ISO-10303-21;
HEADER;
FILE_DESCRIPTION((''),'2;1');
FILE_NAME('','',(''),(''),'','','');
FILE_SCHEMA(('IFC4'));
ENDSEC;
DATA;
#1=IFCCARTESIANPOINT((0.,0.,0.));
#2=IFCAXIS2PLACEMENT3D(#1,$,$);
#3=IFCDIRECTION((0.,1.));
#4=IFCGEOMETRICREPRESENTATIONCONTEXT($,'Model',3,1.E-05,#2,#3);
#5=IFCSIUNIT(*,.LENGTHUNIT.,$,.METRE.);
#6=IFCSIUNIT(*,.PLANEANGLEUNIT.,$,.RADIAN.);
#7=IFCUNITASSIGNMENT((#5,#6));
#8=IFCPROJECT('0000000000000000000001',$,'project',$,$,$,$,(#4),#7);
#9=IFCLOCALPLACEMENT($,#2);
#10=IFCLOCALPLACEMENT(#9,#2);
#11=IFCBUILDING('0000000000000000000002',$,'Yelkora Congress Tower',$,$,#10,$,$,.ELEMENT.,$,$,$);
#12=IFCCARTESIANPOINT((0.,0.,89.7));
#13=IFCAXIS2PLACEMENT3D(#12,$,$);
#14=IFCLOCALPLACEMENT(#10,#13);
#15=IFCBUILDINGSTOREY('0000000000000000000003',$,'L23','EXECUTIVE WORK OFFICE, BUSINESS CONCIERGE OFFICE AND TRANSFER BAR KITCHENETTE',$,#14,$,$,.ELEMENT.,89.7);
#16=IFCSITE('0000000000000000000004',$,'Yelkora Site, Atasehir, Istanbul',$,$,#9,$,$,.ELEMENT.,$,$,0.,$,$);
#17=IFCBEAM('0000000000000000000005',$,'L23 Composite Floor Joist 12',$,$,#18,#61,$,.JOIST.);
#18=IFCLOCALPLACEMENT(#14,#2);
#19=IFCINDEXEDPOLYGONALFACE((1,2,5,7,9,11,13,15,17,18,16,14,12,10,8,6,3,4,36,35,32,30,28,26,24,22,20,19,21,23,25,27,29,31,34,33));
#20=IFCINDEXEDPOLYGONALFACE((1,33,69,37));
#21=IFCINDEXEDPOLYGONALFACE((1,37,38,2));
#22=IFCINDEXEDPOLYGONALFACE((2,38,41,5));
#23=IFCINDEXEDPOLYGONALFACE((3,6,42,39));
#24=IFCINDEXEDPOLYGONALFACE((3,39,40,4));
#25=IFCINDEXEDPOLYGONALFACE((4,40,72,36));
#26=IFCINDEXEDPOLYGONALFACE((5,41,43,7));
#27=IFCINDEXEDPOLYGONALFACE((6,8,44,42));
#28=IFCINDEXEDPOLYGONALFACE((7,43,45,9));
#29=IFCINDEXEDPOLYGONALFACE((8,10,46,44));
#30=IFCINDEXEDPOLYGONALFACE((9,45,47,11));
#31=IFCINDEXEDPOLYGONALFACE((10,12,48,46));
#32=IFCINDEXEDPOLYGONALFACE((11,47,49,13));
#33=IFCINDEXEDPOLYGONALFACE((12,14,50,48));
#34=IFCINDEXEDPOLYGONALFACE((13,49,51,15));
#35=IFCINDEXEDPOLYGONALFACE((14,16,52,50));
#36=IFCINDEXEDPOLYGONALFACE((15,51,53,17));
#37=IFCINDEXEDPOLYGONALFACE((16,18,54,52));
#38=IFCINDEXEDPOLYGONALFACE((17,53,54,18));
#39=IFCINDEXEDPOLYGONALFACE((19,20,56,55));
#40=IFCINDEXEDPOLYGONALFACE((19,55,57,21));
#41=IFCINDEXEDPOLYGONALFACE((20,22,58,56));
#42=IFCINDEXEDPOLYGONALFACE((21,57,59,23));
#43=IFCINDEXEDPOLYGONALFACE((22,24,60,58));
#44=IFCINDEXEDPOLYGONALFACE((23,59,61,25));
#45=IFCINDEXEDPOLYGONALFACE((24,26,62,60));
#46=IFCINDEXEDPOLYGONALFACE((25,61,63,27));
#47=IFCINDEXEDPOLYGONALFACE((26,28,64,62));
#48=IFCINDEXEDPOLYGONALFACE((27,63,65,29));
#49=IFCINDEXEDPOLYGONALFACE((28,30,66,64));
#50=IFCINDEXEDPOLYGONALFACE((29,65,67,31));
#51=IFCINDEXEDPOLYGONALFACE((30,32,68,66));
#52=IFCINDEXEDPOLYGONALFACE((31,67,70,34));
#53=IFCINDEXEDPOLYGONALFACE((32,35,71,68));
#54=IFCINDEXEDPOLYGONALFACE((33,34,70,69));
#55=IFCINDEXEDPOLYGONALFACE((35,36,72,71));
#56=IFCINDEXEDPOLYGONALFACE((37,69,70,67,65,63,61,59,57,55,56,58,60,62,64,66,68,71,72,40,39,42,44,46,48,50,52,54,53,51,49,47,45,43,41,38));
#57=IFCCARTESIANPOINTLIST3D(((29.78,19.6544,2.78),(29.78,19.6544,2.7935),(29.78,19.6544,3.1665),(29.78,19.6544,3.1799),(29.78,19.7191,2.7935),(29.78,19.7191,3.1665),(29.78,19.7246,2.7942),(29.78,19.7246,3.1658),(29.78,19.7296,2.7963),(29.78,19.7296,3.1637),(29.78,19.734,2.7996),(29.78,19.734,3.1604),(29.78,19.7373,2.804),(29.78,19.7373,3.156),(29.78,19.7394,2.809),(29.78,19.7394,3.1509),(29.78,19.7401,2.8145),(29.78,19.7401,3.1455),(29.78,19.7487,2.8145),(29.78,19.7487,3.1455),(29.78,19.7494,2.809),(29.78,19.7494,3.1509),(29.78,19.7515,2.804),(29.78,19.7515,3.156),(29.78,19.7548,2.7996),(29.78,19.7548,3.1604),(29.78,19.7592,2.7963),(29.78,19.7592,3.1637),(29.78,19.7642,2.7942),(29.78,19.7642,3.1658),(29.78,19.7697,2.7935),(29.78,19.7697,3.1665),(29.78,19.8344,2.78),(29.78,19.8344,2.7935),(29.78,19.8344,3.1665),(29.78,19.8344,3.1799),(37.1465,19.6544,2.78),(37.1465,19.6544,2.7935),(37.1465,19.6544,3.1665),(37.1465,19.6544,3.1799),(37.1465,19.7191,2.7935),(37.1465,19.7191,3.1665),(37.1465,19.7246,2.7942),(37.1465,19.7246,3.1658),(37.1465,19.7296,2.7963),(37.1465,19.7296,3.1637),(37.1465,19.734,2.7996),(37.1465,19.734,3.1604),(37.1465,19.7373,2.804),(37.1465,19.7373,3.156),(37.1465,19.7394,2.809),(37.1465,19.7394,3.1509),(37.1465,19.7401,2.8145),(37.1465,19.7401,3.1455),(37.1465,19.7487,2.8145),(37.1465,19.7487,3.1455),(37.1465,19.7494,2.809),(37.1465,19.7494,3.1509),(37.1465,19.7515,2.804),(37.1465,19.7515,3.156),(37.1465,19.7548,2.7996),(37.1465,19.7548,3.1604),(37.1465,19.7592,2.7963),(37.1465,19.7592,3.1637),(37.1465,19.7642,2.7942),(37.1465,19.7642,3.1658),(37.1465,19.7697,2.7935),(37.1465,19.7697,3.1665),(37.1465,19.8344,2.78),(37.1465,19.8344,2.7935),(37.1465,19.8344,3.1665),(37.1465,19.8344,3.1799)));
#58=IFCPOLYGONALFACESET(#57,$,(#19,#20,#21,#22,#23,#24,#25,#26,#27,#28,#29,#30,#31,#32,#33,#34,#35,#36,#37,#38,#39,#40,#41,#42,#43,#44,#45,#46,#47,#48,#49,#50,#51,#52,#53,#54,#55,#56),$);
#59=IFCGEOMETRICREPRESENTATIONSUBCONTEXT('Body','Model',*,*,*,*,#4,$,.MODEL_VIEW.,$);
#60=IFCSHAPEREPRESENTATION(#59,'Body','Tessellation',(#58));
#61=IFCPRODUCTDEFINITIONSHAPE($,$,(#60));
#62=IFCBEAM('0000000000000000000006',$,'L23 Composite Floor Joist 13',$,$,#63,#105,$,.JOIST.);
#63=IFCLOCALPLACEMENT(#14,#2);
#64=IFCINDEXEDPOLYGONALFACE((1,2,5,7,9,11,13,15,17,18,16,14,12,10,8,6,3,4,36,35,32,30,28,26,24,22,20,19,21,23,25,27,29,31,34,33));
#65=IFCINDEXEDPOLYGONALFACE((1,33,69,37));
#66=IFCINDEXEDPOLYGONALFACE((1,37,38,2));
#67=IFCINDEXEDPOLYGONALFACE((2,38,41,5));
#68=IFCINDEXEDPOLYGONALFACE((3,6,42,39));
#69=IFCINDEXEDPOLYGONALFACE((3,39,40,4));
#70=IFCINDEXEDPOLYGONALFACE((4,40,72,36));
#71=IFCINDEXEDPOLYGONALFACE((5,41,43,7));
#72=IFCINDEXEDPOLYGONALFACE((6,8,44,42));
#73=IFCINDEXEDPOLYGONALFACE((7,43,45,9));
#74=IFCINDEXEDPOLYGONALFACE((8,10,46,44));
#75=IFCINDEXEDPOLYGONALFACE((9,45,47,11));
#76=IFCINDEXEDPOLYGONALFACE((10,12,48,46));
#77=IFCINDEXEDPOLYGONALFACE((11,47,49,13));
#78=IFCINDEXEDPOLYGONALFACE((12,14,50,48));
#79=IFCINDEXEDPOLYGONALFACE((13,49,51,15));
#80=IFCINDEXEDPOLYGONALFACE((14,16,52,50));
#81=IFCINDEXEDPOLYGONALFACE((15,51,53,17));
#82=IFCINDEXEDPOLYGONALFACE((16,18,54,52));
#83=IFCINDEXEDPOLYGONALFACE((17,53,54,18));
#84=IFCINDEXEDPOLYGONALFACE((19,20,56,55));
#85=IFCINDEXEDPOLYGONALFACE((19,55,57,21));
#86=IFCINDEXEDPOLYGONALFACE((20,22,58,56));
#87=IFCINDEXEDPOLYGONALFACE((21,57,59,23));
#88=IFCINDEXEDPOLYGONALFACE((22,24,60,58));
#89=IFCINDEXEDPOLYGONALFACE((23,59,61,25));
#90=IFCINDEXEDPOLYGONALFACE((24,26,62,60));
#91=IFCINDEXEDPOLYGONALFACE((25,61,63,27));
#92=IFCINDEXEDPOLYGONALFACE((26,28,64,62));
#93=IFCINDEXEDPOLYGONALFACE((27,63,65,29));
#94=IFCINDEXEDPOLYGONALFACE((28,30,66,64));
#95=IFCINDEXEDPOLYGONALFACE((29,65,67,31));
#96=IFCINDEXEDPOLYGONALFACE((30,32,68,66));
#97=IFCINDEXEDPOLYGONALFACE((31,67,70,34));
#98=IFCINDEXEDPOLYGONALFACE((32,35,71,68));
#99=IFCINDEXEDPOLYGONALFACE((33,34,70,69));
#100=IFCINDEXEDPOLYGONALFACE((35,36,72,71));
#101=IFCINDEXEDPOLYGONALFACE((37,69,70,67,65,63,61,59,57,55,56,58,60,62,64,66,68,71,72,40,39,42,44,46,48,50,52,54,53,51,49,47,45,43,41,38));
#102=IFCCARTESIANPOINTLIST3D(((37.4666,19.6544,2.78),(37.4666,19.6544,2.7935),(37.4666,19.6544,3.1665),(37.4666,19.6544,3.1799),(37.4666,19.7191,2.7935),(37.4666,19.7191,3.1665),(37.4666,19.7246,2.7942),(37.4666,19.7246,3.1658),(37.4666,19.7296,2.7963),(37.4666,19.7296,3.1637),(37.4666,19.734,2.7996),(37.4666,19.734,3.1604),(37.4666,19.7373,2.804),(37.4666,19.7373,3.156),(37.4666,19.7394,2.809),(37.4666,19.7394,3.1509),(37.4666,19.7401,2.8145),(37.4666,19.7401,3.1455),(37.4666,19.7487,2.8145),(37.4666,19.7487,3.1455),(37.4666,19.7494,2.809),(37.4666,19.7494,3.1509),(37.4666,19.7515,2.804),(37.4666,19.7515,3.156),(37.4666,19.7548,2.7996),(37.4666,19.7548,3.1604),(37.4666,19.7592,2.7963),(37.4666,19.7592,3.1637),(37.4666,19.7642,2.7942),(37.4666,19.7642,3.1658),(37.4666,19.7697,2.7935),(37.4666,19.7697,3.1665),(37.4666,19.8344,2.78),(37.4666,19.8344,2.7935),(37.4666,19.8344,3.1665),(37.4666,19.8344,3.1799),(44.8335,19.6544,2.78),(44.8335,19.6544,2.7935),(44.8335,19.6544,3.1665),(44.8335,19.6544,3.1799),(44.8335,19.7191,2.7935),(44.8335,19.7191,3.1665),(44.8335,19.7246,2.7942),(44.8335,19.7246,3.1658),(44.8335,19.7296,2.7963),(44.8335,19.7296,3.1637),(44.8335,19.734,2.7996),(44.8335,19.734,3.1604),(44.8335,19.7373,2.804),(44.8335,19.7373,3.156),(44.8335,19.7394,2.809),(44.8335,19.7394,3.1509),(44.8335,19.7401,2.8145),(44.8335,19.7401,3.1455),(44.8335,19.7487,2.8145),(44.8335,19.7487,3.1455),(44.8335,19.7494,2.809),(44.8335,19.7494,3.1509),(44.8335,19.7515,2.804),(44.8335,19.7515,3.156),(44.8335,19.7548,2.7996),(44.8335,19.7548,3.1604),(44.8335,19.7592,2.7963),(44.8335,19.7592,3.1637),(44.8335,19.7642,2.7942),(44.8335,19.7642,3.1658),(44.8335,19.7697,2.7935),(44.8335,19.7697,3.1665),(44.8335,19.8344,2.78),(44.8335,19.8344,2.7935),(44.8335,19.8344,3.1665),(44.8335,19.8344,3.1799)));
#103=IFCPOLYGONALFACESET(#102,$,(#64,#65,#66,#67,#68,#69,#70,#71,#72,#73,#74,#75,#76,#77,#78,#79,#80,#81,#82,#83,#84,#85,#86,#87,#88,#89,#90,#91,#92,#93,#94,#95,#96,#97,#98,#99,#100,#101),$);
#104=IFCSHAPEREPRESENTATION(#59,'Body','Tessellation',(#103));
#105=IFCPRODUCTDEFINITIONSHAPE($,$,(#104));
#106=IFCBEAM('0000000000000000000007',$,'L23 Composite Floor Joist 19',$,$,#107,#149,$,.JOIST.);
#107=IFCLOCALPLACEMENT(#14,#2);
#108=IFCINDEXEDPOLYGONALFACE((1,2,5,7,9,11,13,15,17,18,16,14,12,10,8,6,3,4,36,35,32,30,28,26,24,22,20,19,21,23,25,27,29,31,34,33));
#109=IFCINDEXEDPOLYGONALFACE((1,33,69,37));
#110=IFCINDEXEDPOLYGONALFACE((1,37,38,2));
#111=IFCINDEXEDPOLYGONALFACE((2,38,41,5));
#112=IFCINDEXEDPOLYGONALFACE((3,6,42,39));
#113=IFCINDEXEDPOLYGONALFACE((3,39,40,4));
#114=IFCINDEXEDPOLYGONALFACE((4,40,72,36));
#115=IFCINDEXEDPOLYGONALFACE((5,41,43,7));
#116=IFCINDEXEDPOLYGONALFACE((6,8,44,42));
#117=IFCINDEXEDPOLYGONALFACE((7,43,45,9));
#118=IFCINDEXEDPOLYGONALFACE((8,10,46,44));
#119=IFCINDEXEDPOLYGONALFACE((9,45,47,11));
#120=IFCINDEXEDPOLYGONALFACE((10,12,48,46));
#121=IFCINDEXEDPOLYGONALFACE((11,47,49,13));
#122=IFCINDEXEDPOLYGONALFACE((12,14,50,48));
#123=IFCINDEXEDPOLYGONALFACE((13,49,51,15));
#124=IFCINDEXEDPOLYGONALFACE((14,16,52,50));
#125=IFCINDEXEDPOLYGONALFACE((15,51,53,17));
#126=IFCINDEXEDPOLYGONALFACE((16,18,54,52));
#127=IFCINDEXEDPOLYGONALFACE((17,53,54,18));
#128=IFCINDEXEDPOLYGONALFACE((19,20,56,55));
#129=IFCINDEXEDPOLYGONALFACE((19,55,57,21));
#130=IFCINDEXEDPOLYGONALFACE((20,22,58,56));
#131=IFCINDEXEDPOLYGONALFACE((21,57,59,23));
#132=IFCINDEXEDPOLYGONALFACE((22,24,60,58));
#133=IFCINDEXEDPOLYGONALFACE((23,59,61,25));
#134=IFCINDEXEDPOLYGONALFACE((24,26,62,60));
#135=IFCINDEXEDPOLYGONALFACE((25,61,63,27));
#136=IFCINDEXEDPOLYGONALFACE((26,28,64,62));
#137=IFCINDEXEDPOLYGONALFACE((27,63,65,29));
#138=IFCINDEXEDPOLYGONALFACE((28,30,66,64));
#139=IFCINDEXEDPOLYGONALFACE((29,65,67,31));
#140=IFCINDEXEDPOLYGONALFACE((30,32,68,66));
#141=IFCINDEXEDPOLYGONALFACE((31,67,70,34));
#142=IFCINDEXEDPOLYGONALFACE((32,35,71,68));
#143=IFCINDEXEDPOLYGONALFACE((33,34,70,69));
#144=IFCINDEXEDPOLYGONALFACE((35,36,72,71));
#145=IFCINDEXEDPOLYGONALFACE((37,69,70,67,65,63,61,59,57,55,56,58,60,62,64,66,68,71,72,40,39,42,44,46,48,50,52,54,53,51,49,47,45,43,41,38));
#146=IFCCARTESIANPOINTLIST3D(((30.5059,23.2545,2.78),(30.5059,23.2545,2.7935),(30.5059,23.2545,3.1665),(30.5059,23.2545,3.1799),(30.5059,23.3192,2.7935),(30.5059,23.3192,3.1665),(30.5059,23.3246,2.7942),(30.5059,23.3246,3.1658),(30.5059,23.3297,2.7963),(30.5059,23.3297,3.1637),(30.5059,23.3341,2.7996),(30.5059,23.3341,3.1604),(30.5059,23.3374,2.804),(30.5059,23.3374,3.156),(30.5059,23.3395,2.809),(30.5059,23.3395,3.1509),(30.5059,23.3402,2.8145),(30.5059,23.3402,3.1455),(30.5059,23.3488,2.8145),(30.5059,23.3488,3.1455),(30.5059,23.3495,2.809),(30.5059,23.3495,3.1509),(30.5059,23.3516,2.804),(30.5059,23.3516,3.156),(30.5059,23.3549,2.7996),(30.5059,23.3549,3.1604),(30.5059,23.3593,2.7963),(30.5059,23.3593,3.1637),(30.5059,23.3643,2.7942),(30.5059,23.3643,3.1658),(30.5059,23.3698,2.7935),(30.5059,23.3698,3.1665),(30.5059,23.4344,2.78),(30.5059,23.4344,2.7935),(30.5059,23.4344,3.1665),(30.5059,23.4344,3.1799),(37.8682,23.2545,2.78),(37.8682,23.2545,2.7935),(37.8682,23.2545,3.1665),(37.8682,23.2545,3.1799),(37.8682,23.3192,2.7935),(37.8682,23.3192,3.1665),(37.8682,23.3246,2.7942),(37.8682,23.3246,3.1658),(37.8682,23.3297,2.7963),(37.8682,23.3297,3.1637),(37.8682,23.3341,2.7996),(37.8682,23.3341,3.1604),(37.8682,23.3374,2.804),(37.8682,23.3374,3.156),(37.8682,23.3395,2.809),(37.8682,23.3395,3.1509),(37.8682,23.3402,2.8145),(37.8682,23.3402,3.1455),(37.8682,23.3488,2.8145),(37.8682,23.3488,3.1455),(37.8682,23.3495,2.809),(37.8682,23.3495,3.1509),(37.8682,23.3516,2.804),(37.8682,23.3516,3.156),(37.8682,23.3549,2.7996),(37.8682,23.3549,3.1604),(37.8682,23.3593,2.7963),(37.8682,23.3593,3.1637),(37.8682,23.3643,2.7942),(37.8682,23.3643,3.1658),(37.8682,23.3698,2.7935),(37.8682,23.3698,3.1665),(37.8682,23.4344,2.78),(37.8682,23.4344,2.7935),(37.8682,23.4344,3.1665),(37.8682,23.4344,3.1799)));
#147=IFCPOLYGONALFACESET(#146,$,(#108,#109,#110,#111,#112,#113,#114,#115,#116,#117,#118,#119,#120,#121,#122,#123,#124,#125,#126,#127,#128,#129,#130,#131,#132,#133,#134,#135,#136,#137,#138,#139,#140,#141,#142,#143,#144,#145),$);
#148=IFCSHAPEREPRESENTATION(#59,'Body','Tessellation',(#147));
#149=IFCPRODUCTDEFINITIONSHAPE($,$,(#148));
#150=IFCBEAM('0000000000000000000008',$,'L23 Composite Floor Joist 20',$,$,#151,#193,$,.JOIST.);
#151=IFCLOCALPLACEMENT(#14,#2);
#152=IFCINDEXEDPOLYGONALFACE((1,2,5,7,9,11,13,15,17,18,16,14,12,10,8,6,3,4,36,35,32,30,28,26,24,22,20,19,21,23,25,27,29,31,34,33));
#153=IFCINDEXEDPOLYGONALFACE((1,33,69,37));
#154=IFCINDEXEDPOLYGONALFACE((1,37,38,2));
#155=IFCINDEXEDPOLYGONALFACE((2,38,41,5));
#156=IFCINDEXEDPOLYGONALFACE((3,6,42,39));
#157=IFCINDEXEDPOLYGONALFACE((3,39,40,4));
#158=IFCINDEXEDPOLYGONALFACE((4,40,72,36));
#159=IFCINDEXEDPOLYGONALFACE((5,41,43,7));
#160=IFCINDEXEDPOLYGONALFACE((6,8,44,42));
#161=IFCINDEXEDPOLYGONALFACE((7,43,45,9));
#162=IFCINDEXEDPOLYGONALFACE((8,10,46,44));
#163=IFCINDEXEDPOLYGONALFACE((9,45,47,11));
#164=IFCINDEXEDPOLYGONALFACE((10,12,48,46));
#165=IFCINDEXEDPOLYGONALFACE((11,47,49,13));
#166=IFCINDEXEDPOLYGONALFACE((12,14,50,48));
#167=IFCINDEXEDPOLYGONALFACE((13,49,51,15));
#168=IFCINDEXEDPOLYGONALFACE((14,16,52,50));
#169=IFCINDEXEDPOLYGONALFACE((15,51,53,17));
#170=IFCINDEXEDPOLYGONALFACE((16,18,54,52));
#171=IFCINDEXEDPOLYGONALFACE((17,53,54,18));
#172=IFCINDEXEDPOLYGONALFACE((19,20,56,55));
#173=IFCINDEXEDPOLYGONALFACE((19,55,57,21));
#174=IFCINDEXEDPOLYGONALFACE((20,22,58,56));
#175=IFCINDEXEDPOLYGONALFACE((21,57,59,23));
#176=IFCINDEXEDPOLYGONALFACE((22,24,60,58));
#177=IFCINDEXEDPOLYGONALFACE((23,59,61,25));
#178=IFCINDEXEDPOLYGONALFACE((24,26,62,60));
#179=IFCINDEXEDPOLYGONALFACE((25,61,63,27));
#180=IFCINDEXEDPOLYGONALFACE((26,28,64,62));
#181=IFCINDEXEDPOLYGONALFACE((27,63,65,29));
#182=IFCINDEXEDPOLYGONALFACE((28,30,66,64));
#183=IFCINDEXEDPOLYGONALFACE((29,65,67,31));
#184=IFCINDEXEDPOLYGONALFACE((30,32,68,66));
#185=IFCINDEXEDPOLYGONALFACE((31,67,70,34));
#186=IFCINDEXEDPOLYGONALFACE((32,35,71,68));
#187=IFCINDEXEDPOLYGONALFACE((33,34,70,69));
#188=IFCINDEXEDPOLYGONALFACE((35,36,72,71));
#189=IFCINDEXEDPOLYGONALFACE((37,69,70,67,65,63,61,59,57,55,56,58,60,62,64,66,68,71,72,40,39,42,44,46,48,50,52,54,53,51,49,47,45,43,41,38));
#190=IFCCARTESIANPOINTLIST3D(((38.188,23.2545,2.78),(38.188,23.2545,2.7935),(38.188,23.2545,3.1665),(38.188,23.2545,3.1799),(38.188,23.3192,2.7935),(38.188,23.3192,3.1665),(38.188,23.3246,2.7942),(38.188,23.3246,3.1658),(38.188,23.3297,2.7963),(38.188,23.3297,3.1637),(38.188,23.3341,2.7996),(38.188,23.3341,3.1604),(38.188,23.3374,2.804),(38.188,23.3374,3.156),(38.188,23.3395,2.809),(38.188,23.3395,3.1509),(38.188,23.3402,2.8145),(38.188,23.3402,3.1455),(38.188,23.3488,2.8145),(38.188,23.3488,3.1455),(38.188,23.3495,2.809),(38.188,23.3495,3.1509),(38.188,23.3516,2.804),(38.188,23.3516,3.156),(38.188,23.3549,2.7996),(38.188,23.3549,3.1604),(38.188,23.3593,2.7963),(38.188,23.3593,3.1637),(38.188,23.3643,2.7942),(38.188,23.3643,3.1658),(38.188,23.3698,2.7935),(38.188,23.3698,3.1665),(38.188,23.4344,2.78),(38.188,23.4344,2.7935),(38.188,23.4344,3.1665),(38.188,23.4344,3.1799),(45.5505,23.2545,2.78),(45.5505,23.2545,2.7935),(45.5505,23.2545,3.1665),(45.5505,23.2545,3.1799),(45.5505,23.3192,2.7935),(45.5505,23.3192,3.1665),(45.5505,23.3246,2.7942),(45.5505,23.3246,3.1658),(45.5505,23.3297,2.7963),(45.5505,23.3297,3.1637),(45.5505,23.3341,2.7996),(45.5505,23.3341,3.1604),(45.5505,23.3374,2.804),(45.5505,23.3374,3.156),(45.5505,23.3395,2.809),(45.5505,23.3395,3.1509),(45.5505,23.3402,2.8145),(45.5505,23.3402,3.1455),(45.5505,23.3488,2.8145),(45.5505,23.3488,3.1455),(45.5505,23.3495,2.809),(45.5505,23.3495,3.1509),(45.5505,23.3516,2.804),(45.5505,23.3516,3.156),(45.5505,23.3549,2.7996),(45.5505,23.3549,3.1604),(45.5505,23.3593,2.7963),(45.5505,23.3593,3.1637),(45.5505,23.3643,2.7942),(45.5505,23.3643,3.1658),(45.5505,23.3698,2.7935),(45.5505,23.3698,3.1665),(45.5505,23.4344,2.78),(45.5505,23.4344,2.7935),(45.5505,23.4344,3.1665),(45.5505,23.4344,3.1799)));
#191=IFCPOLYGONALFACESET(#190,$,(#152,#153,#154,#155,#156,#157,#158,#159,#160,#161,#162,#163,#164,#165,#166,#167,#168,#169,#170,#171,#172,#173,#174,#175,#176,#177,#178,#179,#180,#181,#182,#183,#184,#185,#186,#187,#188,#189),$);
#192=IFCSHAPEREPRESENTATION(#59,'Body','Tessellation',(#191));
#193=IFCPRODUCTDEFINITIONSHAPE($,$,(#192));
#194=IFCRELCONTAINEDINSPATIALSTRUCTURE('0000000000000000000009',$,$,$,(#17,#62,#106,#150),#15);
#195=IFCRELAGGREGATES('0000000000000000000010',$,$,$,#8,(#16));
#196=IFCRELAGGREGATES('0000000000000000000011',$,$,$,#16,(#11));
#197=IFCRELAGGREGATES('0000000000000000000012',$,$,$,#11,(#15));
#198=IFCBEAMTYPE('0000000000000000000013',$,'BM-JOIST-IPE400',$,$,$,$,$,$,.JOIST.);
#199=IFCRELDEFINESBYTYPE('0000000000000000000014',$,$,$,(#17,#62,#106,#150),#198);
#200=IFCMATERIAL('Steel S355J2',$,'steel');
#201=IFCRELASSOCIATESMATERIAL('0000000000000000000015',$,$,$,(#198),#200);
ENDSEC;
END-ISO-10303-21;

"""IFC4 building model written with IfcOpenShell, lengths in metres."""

from ifc_helpers import new_model, si_unit, direction, frame, origin, origin_2d, place, context, subcontext, project, spatial, i_section, extrude, material, material_profile, profile_set, type_object, element, save


model = new_model("IFC4")

# Units and contexts
model_context = context("Model", 3, precision=1e-05, world=origin(), true_north=direction((0.0, 1.0)))
body_context = subcontext(model_context, "Body", "Model", "MODEL_VIEW")
ifc_project = project(units=[si_unit("LENGTHUNIT", "METRE"), si_unit("PLANEANGLEUNIT", "RADIAN")], contexts=[model_context])

# Site, building, storey
site_placement = place(None, origin())
site = spatial("IfcSite", under=ifc_project, at=site_placement, Name="Yelkora Site, Atasehir, Istanbul", CompositionType="ELEMENT", RefElevation=0.0)
building_placement = place(site_placement, origin())
building = spatial("IfcBuilding", under=site, at=building_placement, Name="Yelkora Congress Tower", CompositionType="ELEMENT")
storey_placement = place(building_placement, frame((0.0, 0.0, 89.7)))
storey = spatial("IfcBuildingStorey", under=building, at=storey_placement, Name="L23", Description="EXECUTIVE WORK OFFICE, BUSINESS CONCIERGE OFFICE AND TRANSFER BAR KITCHENETTE", CompositionType="ELEMENT", Elevation=89.7)

# Beams
ifc_material_1 = material(Name="Steel S355J2", Category="steel")
ifc_material_profile_1 = material_profile(ifc_material_1, i_section(OverallWidth=0.1799, OverallDepth=0.3999, WebThickness=0.0085, FlangeThickness=0.0134, FilletRadius=0.021, at=origin_2d()), Name="IPE 400")
ifc_profile_set_1 = profile_set([ifc_material_profile_1], Name="Steel S355J2")
beam_type_1 = type_object("IfcBeamType", Name="BM-JOIST-IPE400", PredefinedType="JOIST", material=ifc_profile_set_1)
beam_1_placement = place(storey_placement, frame((29.78, 19.7444, 2.98), z_axis=(1.0, 0.0, 0.0), x_axis=(0.0, 1.0, 0.0)))
element("IfcBeam", 1, at=beam_1_placement, inside=storey, type_object=beam_type_1, Name="L23 Composite Floor Joist 12", PredefinedType="JOIST", context=body_context, shape_type="SweptSolid", body=[
    extrude(i_section(OverallWidth=0.1799, OverallDepth=0.3999, WebThickness=0.0085, FlangeThickness=0.0134, FilletRadius=0.021, at=origin_2d()), origin(), (0.0, 0.0, 1.0), 7.3665),
])
beam_2_placement = place(storey_placement, frame((37.4666, 19.7444, 2.98), z_axis=(1.0, 0.0, 0.0), x_axis=(0.0, 1.0, 0.0)))
element("IfcBeam", 2, at=beam_2_placement, inside=storey, type_object=beam_type_1, Name="L23 Composite Floor Joist 13", PredefinedType="JOIST", context=body_context, shape_type="SweptSolid", body=[
    extrude(i_section(OverallWidth=0.1799, OverallDepth=0.3999, WebThickness=0.0085, FlangeThickness=0.0134, FilletRadius=0.021, at=origin_2d()), origin(), (0.0, 0.0, 1.0), 7.3669),
])
beam_3_placement = place(storey_placement, frame((30.5059, 23.3445, 2.98), z_axis=(1.0, 0.0, 0.0), x_axis=(0.0, 1.0, 0.0)))
element("IfcBeam", 3, at=beam_3_placement, inside=storey, type_object=beam_type_1, Name="L23 Composite Floor Joist 19", PredefinedType="JOIST", context=body_context, shape_type="SweptSolid", body=[
    extrude(i_section(OverallWidth=0.1799, OverallDepth=0.3999, WebThickness=0.0085, FlangeThickness=0.0134, FilletRadius=0.021, at=origin_2d()), origin(), (0.0, 0.0, 1.0), 7.3623),
])
beam_4_placement = place(storey_placement, frame((38.188, 23.3445, 2.98), z_axis=(1.0, 0.0, 0.0), x_axis=(0.0, 1.0, 0.0)))
element("IfcBeam", 4, at=beam_4_placement, inside=storey, type_object=beam_type_1, Name="L23 Composite Floor Joist 20", PredefinedType="JOIST", context=body_context, shape_type="SweptSolid", body=[
    extrude(i_section(OverallWidth=0.1799, OverallDepth=0.3999, WebThickness=0.0085, FlangeThickness=0.0134, FilletRadius=0.021, at=origin_2d()), origin(), (0.0, 0.0, 1.0), 7.3625),
])

save(model, "model.ifc")
